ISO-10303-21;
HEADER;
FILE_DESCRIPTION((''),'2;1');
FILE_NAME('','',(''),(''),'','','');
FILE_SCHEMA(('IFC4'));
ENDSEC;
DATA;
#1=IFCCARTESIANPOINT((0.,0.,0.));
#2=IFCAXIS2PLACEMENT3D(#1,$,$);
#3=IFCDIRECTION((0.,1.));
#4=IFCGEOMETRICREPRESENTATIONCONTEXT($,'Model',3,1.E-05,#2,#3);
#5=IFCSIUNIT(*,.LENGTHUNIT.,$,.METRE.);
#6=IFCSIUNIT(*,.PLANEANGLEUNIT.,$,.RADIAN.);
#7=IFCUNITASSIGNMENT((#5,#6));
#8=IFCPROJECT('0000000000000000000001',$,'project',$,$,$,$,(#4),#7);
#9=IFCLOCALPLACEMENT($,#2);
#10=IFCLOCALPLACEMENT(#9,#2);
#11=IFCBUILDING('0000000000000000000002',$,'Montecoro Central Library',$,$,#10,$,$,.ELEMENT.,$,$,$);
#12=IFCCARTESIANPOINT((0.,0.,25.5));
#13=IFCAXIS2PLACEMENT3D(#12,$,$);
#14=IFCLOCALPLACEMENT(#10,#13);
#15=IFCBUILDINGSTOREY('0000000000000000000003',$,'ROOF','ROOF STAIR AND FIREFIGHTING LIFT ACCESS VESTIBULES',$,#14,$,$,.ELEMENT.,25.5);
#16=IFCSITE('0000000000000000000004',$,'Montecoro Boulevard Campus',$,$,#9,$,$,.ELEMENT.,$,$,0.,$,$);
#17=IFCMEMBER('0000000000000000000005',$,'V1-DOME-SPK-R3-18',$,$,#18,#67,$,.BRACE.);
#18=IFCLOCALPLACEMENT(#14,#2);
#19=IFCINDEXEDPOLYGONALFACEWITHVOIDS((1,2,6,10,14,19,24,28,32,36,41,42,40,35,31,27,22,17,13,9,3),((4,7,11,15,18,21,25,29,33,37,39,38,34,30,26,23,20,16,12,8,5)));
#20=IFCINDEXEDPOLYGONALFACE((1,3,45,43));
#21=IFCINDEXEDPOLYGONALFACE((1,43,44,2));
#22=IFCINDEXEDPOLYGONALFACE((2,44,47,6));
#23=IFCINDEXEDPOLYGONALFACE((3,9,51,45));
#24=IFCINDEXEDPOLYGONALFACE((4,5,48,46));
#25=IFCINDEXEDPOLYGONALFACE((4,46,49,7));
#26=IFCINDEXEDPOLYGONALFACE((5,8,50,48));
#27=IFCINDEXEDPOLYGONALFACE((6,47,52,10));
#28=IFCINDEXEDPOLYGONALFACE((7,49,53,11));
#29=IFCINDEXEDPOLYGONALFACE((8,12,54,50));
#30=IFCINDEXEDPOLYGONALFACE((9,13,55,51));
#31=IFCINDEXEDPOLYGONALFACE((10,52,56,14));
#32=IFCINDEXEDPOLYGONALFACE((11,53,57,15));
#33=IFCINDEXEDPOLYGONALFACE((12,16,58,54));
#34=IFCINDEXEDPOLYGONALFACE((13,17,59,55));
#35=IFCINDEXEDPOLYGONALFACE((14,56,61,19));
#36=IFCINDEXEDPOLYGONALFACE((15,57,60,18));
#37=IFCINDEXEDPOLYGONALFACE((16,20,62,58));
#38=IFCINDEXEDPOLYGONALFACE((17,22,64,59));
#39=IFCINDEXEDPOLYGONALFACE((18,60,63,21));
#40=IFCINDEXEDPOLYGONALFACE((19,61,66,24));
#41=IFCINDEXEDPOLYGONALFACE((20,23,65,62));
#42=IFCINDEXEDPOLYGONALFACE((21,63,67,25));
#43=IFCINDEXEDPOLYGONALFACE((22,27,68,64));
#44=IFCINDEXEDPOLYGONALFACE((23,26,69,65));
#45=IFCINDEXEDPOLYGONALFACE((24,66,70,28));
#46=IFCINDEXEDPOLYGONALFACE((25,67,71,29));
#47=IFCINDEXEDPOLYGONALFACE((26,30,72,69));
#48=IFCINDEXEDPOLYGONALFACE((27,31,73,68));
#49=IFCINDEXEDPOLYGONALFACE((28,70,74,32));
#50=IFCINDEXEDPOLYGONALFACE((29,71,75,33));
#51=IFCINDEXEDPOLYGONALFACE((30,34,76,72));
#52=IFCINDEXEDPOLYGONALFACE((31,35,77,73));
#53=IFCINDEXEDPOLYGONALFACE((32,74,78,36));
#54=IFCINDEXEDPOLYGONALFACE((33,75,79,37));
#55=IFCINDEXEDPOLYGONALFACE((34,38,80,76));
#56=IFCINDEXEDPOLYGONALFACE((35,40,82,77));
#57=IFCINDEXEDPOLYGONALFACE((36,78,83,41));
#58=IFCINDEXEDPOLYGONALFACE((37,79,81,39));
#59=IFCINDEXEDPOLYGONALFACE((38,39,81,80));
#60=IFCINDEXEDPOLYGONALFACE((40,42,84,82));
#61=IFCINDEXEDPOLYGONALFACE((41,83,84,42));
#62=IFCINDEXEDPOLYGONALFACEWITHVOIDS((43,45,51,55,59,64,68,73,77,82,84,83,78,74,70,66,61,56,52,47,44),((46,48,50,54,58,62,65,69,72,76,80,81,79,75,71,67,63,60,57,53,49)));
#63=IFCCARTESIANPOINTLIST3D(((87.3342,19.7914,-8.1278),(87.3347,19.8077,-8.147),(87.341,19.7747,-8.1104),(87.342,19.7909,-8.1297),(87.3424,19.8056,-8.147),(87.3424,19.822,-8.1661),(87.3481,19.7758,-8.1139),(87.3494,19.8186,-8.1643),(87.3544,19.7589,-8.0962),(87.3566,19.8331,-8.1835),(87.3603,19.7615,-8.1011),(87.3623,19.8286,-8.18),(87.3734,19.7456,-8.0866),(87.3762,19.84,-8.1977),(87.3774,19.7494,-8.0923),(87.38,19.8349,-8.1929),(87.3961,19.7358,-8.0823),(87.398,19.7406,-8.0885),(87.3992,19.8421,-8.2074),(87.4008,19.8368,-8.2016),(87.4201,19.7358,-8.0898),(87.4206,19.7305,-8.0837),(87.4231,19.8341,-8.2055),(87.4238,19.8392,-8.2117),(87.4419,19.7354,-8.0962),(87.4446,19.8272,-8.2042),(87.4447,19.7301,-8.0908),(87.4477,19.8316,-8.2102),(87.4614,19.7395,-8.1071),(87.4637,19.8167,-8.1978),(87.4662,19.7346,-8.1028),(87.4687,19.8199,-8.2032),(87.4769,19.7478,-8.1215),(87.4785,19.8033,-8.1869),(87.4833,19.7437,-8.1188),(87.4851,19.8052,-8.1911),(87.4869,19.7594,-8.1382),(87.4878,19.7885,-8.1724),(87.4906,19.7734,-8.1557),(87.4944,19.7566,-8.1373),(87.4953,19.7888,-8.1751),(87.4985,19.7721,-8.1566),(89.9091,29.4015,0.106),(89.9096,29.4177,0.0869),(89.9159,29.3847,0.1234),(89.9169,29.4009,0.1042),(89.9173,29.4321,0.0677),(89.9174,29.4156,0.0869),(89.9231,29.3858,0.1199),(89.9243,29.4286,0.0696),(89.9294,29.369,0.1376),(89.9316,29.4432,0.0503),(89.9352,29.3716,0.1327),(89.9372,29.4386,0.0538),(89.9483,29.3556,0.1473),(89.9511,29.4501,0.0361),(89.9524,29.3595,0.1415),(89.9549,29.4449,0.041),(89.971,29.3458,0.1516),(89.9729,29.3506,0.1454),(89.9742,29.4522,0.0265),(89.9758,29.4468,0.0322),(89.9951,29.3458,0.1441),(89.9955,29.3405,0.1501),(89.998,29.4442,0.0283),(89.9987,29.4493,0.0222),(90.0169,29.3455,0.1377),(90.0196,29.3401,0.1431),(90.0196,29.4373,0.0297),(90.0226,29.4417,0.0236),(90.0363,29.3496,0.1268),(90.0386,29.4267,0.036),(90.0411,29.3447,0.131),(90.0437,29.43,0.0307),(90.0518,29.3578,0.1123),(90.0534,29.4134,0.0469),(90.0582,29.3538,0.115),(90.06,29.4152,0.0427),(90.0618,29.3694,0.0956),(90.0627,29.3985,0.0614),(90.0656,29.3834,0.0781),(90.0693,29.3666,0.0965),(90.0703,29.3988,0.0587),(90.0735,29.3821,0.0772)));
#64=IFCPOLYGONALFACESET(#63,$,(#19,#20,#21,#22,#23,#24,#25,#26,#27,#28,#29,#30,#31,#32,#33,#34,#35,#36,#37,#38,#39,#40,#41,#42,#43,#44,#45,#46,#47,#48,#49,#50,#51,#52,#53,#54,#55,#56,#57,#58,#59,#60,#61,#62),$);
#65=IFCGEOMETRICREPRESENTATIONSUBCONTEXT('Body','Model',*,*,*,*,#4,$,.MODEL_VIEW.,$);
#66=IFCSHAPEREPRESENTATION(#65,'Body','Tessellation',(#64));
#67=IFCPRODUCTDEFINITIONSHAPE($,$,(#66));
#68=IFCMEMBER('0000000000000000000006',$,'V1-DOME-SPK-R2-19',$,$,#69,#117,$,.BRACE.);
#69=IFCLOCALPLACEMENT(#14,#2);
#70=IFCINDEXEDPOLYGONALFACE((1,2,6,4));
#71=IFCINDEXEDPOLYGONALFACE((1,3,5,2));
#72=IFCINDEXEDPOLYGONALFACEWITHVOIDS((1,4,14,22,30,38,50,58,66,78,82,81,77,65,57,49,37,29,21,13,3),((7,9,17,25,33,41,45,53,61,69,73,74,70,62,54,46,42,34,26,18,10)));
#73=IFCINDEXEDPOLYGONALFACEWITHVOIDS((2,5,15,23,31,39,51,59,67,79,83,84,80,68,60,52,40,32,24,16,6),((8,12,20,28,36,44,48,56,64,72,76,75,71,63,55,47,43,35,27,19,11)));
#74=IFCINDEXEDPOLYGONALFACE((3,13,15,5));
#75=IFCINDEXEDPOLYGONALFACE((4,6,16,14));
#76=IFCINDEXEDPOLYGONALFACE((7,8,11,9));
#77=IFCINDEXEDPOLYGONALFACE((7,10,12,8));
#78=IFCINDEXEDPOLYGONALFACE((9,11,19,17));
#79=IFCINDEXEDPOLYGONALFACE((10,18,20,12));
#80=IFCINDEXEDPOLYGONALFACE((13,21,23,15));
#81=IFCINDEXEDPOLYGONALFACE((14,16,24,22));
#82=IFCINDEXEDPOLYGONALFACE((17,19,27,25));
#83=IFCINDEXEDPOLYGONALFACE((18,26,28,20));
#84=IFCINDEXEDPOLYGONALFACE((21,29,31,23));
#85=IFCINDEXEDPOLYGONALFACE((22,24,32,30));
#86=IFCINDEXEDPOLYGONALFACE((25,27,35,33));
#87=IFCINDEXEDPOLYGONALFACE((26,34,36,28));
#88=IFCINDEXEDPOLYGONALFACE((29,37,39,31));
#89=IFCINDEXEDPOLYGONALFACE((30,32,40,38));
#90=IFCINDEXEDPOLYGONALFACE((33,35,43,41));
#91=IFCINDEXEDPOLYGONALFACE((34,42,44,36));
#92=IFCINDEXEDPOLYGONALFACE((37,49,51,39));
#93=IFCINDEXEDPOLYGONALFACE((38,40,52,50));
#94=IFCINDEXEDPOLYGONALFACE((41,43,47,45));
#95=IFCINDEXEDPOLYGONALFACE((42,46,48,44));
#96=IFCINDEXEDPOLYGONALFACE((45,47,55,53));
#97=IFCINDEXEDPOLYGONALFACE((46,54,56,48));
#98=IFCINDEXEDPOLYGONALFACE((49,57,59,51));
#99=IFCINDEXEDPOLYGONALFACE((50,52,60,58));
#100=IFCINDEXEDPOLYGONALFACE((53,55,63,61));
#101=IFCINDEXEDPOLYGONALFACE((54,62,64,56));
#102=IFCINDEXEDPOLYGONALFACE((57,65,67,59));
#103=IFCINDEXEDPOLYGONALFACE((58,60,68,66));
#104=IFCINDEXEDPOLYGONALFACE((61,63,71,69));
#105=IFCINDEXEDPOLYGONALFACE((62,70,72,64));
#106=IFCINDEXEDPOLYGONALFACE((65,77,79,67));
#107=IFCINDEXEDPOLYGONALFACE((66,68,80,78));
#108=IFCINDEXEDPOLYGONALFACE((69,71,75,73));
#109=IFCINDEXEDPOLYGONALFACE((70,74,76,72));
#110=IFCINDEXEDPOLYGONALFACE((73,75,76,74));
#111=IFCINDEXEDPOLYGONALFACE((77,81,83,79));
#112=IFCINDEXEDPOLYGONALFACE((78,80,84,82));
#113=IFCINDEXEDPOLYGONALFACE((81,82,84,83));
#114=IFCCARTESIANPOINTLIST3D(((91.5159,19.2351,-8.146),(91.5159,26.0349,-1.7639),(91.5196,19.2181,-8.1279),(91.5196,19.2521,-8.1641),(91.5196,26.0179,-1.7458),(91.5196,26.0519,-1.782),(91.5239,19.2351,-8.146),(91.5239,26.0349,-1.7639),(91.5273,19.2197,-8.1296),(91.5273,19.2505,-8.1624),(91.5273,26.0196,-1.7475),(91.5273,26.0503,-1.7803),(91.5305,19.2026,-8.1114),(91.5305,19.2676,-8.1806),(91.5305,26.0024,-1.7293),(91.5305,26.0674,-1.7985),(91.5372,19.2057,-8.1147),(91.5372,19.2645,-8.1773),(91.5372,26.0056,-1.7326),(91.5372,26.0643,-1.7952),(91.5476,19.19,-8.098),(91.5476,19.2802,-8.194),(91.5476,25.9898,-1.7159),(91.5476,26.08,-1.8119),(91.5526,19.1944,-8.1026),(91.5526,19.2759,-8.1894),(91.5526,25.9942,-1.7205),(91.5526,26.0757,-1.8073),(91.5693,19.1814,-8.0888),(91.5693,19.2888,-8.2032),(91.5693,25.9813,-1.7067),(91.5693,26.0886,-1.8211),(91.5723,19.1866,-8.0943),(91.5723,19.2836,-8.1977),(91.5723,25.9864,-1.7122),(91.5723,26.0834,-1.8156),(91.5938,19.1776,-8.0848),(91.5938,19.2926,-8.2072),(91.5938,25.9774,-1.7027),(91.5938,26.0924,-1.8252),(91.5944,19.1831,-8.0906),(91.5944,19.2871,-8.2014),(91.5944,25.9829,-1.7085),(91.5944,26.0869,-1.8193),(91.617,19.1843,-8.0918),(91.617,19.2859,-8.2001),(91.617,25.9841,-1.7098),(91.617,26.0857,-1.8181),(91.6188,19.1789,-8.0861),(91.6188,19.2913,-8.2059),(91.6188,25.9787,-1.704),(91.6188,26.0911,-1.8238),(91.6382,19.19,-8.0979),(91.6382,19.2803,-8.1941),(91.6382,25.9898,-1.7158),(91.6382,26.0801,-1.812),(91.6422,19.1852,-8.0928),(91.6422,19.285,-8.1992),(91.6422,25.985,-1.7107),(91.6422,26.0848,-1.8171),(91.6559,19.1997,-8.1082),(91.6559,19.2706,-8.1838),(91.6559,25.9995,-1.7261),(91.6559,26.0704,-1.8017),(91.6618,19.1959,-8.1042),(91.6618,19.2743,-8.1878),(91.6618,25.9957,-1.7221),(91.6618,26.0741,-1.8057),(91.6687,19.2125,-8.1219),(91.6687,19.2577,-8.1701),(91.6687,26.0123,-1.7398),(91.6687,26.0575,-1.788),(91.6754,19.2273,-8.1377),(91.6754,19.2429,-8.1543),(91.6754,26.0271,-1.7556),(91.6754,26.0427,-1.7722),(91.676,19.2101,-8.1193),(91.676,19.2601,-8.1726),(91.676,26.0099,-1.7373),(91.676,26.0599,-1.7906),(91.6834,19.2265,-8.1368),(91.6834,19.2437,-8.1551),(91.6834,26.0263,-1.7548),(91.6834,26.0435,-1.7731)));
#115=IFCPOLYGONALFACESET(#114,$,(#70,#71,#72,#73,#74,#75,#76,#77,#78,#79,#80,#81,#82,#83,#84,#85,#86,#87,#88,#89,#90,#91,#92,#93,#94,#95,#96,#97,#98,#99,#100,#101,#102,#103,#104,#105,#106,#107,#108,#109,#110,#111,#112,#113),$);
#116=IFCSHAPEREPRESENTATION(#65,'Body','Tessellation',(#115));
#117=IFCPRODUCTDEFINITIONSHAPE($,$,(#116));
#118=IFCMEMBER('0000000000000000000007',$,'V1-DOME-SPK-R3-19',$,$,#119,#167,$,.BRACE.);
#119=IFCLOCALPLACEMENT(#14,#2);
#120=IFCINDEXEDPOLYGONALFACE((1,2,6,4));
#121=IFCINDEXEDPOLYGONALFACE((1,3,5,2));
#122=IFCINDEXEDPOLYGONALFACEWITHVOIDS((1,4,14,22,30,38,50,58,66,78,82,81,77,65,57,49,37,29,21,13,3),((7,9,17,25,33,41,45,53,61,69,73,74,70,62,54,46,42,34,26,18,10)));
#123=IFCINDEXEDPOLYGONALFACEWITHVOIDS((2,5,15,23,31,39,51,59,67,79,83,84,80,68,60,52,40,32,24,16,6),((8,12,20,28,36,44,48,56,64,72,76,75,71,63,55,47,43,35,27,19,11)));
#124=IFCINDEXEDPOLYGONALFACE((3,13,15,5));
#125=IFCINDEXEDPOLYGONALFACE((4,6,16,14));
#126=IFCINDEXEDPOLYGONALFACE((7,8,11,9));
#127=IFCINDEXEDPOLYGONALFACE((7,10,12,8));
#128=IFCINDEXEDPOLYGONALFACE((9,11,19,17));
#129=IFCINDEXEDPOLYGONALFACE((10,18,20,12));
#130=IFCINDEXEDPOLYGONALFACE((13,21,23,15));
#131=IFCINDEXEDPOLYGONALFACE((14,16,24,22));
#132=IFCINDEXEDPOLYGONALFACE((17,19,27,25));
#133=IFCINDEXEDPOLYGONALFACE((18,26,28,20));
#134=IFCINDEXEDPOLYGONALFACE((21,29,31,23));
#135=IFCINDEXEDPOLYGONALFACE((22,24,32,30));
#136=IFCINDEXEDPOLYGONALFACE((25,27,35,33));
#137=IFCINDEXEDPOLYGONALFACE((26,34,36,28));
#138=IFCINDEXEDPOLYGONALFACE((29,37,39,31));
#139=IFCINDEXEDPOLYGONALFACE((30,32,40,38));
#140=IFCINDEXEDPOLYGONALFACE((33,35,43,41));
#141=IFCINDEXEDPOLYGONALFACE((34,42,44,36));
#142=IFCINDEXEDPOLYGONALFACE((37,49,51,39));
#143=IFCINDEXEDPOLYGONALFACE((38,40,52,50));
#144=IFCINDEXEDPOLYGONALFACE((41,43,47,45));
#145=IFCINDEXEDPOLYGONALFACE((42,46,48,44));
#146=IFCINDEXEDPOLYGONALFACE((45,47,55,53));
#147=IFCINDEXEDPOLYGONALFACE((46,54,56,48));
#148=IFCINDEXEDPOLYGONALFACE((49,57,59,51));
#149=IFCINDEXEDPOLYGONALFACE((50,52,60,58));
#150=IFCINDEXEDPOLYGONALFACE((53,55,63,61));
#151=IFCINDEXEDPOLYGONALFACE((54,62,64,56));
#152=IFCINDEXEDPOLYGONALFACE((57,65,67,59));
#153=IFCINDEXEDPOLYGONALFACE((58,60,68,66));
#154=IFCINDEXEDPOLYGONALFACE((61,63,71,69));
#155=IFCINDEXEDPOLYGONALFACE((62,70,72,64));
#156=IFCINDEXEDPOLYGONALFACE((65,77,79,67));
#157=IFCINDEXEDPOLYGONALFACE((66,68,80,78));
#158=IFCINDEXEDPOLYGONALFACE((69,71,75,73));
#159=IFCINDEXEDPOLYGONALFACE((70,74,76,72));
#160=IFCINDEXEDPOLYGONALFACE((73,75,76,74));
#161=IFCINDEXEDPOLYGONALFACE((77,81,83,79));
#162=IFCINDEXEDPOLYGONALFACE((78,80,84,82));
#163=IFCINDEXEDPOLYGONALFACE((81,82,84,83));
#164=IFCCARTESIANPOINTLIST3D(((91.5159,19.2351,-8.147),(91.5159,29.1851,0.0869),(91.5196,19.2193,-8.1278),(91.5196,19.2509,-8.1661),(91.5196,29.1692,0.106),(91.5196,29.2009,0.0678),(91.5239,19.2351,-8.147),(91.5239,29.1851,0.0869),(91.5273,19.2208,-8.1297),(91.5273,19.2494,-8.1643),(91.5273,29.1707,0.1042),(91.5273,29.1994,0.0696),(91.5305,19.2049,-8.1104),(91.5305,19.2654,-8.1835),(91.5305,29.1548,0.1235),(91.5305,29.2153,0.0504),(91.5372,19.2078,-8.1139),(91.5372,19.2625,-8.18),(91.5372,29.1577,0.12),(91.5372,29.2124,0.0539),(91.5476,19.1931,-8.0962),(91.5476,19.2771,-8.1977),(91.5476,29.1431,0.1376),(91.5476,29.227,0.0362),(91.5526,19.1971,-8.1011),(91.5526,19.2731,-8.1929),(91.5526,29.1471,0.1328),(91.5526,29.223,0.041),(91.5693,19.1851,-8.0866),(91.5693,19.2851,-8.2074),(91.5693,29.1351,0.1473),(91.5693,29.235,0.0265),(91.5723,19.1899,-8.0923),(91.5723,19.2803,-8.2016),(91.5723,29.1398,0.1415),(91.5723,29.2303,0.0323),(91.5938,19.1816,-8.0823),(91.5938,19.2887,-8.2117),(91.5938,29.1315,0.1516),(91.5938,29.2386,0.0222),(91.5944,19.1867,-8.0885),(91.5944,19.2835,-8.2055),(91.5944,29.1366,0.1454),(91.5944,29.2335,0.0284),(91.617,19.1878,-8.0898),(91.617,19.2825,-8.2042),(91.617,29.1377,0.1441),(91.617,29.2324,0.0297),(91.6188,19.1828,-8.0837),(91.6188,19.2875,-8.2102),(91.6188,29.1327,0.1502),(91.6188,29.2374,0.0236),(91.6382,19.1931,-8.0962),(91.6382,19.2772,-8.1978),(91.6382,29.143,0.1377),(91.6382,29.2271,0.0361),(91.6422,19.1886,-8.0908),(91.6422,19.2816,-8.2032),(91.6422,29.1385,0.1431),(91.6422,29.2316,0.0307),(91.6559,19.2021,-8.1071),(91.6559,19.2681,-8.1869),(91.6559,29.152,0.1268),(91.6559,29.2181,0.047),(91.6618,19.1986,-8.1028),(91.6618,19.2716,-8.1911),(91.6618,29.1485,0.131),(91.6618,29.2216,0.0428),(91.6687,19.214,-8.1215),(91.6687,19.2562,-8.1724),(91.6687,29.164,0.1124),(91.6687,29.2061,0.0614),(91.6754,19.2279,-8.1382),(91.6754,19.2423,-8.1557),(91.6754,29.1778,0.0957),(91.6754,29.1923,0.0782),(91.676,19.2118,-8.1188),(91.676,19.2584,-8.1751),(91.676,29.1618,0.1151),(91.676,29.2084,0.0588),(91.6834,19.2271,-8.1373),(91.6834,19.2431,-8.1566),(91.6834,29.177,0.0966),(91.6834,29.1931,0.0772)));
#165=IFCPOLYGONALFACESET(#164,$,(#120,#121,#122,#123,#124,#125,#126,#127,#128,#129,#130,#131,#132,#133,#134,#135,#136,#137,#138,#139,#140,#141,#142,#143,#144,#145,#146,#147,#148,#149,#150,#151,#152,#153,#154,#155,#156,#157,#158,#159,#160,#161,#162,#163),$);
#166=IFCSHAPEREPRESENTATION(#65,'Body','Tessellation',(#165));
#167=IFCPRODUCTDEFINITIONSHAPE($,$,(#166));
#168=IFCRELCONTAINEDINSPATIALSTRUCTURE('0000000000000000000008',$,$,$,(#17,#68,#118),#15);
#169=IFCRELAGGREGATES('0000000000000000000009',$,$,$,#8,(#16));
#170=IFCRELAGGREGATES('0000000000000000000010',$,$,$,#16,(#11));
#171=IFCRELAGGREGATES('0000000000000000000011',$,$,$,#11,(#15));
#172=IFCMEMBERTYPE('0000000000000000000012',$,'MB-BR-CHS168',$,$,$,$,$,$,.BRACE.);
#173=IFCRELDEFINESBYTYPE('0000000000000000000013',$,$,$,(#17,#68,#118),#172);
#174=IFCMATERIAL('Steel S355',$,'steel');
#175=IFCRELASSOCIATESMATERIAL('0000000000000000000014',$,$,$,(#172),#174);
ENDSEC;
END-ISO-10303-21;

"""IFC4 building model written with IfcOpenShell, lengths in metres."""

from ifc_helpers import new_model, si_unit, direction, frame, origin, origin_2d, place, context, subcontext, project, spatial, hollow_circle, extrude, material, material_profile, profile_set, type_object, element, save


model = new_model("IFC4")

# Units and contexts
model_context = context("Model", 3, precision=1e-05, world=origin(), true_north=direction((0.0, 1.0)))
body_context = subcontext(model_context, "Body", "Model", "MODEL_VIEW")
ifc_project = project(units=[si_unit("LENGTHUNIT", "METRE"), si_unit("PLANEANGLEUNIT", "RADIAN")], contexts=[model_context])

# Site, building, storey
site_placement = place(None, origin())
site = spatial("IfcSite", under=ifc_project, at=site_placement, Name="Montecoro Boulevard Campus", CompositionType="ELEMENT", RefElevation=0.0)
building_placement = place(site_placement, origin())
building = spatial("IfcBuilding", under=site, at=building_placement, Name="Montecoro Central Library", CompositionType="ELEMENT")
storey_placement = place(building_placement, frame((0.0, 0.0, 25.5)))
storey = spatial("IfcBuildingStorey", under=building, at=storey_placement, Name="ROOF", Description="ROOF STAIR AND FIREFIGHTING LIFT ACCESS VESTIBULES", CompositionType="ELEMENT", Elevation=25.5)

# Members
ifc_material_1 = material(Name="Steel S355", Category="steel")
ifc_material_profile_1 = material_profile(ifc_material_1, hollow_circle(Radius=0.0842, WallThickness=0.0081, at=origin_2d()), Name="CHS 168.3x8.0")
ifc_profile_set_1 = profile_set([ifc_material_profile_1], Name="Steel S355")
member_type_1 = type_object("IfcMemberType", Name="MB-BR-CHS168", PredefinedType="BRACE", material=ifc_profile_set_1)
member_1_placement = place(storey_placement, frame((87.416, 19.7859, -8.147), z_axis=(0.199386, 0.74414, 0.637575), x_axis=(-0.965928, 0.258813, 0.0)))
element("IfcMember", 1, at=member_1_placement, inside=storey, type_object=member_type_1, Name="V1-DOME-SPK-R3-18", PredefinedType="BRACE", context=body_context, shape_type="SweptSolid", body=[
    extrude(hollow_circle(Radius=0.0842, WallThickness=0.0081, at=origin_2d()), origin(), (0.0, 0.0, 1.0), 12.9143),
])
member_2_placement = place(storey_placement, frame((91.6001, 19.2351, -8.146), z_axis=(0.0, 0.729148, 0.684356), x_axis=(-1.0, 0.0, 0.0)))
element("IfcMember", 2, at=member_2_placement, inside=storey, type_object=member_type_1, Name="V1-DOME-SPK-R2-19", PredefinedType="BRACE", context=body_context, shape_type="SweptSolid", body=[
    extrude(hollow_circle(Radius=0.0842, WallThickness=0.0081, at=origin_2d()), origin(), (0.0, 0.0, 1.0), 9.3257),
])
member_3_placement = place(storey_placement, frame((91.6001, 19.2351, -8.147), z_axis=(0.0, 0.770415, 0.637542), x_axis=(-1.0, 0.0, 0.0)))
element("IfcMember", 3, at=member_3_placement, inside=storey, type_object=member_type_1, Name="V1-DOME-SPK-R3-19", PredefinedType="BRACE", context=body_context, shape_type="SweptSolid", body=[
    extrude(hollow_circle(Radius=0.0842, WallThickness=0.0081, at=origin_2d()), origin(), (0.0, 0.0, 1.0), 12.915),
])

save(model, "model.ifc")
